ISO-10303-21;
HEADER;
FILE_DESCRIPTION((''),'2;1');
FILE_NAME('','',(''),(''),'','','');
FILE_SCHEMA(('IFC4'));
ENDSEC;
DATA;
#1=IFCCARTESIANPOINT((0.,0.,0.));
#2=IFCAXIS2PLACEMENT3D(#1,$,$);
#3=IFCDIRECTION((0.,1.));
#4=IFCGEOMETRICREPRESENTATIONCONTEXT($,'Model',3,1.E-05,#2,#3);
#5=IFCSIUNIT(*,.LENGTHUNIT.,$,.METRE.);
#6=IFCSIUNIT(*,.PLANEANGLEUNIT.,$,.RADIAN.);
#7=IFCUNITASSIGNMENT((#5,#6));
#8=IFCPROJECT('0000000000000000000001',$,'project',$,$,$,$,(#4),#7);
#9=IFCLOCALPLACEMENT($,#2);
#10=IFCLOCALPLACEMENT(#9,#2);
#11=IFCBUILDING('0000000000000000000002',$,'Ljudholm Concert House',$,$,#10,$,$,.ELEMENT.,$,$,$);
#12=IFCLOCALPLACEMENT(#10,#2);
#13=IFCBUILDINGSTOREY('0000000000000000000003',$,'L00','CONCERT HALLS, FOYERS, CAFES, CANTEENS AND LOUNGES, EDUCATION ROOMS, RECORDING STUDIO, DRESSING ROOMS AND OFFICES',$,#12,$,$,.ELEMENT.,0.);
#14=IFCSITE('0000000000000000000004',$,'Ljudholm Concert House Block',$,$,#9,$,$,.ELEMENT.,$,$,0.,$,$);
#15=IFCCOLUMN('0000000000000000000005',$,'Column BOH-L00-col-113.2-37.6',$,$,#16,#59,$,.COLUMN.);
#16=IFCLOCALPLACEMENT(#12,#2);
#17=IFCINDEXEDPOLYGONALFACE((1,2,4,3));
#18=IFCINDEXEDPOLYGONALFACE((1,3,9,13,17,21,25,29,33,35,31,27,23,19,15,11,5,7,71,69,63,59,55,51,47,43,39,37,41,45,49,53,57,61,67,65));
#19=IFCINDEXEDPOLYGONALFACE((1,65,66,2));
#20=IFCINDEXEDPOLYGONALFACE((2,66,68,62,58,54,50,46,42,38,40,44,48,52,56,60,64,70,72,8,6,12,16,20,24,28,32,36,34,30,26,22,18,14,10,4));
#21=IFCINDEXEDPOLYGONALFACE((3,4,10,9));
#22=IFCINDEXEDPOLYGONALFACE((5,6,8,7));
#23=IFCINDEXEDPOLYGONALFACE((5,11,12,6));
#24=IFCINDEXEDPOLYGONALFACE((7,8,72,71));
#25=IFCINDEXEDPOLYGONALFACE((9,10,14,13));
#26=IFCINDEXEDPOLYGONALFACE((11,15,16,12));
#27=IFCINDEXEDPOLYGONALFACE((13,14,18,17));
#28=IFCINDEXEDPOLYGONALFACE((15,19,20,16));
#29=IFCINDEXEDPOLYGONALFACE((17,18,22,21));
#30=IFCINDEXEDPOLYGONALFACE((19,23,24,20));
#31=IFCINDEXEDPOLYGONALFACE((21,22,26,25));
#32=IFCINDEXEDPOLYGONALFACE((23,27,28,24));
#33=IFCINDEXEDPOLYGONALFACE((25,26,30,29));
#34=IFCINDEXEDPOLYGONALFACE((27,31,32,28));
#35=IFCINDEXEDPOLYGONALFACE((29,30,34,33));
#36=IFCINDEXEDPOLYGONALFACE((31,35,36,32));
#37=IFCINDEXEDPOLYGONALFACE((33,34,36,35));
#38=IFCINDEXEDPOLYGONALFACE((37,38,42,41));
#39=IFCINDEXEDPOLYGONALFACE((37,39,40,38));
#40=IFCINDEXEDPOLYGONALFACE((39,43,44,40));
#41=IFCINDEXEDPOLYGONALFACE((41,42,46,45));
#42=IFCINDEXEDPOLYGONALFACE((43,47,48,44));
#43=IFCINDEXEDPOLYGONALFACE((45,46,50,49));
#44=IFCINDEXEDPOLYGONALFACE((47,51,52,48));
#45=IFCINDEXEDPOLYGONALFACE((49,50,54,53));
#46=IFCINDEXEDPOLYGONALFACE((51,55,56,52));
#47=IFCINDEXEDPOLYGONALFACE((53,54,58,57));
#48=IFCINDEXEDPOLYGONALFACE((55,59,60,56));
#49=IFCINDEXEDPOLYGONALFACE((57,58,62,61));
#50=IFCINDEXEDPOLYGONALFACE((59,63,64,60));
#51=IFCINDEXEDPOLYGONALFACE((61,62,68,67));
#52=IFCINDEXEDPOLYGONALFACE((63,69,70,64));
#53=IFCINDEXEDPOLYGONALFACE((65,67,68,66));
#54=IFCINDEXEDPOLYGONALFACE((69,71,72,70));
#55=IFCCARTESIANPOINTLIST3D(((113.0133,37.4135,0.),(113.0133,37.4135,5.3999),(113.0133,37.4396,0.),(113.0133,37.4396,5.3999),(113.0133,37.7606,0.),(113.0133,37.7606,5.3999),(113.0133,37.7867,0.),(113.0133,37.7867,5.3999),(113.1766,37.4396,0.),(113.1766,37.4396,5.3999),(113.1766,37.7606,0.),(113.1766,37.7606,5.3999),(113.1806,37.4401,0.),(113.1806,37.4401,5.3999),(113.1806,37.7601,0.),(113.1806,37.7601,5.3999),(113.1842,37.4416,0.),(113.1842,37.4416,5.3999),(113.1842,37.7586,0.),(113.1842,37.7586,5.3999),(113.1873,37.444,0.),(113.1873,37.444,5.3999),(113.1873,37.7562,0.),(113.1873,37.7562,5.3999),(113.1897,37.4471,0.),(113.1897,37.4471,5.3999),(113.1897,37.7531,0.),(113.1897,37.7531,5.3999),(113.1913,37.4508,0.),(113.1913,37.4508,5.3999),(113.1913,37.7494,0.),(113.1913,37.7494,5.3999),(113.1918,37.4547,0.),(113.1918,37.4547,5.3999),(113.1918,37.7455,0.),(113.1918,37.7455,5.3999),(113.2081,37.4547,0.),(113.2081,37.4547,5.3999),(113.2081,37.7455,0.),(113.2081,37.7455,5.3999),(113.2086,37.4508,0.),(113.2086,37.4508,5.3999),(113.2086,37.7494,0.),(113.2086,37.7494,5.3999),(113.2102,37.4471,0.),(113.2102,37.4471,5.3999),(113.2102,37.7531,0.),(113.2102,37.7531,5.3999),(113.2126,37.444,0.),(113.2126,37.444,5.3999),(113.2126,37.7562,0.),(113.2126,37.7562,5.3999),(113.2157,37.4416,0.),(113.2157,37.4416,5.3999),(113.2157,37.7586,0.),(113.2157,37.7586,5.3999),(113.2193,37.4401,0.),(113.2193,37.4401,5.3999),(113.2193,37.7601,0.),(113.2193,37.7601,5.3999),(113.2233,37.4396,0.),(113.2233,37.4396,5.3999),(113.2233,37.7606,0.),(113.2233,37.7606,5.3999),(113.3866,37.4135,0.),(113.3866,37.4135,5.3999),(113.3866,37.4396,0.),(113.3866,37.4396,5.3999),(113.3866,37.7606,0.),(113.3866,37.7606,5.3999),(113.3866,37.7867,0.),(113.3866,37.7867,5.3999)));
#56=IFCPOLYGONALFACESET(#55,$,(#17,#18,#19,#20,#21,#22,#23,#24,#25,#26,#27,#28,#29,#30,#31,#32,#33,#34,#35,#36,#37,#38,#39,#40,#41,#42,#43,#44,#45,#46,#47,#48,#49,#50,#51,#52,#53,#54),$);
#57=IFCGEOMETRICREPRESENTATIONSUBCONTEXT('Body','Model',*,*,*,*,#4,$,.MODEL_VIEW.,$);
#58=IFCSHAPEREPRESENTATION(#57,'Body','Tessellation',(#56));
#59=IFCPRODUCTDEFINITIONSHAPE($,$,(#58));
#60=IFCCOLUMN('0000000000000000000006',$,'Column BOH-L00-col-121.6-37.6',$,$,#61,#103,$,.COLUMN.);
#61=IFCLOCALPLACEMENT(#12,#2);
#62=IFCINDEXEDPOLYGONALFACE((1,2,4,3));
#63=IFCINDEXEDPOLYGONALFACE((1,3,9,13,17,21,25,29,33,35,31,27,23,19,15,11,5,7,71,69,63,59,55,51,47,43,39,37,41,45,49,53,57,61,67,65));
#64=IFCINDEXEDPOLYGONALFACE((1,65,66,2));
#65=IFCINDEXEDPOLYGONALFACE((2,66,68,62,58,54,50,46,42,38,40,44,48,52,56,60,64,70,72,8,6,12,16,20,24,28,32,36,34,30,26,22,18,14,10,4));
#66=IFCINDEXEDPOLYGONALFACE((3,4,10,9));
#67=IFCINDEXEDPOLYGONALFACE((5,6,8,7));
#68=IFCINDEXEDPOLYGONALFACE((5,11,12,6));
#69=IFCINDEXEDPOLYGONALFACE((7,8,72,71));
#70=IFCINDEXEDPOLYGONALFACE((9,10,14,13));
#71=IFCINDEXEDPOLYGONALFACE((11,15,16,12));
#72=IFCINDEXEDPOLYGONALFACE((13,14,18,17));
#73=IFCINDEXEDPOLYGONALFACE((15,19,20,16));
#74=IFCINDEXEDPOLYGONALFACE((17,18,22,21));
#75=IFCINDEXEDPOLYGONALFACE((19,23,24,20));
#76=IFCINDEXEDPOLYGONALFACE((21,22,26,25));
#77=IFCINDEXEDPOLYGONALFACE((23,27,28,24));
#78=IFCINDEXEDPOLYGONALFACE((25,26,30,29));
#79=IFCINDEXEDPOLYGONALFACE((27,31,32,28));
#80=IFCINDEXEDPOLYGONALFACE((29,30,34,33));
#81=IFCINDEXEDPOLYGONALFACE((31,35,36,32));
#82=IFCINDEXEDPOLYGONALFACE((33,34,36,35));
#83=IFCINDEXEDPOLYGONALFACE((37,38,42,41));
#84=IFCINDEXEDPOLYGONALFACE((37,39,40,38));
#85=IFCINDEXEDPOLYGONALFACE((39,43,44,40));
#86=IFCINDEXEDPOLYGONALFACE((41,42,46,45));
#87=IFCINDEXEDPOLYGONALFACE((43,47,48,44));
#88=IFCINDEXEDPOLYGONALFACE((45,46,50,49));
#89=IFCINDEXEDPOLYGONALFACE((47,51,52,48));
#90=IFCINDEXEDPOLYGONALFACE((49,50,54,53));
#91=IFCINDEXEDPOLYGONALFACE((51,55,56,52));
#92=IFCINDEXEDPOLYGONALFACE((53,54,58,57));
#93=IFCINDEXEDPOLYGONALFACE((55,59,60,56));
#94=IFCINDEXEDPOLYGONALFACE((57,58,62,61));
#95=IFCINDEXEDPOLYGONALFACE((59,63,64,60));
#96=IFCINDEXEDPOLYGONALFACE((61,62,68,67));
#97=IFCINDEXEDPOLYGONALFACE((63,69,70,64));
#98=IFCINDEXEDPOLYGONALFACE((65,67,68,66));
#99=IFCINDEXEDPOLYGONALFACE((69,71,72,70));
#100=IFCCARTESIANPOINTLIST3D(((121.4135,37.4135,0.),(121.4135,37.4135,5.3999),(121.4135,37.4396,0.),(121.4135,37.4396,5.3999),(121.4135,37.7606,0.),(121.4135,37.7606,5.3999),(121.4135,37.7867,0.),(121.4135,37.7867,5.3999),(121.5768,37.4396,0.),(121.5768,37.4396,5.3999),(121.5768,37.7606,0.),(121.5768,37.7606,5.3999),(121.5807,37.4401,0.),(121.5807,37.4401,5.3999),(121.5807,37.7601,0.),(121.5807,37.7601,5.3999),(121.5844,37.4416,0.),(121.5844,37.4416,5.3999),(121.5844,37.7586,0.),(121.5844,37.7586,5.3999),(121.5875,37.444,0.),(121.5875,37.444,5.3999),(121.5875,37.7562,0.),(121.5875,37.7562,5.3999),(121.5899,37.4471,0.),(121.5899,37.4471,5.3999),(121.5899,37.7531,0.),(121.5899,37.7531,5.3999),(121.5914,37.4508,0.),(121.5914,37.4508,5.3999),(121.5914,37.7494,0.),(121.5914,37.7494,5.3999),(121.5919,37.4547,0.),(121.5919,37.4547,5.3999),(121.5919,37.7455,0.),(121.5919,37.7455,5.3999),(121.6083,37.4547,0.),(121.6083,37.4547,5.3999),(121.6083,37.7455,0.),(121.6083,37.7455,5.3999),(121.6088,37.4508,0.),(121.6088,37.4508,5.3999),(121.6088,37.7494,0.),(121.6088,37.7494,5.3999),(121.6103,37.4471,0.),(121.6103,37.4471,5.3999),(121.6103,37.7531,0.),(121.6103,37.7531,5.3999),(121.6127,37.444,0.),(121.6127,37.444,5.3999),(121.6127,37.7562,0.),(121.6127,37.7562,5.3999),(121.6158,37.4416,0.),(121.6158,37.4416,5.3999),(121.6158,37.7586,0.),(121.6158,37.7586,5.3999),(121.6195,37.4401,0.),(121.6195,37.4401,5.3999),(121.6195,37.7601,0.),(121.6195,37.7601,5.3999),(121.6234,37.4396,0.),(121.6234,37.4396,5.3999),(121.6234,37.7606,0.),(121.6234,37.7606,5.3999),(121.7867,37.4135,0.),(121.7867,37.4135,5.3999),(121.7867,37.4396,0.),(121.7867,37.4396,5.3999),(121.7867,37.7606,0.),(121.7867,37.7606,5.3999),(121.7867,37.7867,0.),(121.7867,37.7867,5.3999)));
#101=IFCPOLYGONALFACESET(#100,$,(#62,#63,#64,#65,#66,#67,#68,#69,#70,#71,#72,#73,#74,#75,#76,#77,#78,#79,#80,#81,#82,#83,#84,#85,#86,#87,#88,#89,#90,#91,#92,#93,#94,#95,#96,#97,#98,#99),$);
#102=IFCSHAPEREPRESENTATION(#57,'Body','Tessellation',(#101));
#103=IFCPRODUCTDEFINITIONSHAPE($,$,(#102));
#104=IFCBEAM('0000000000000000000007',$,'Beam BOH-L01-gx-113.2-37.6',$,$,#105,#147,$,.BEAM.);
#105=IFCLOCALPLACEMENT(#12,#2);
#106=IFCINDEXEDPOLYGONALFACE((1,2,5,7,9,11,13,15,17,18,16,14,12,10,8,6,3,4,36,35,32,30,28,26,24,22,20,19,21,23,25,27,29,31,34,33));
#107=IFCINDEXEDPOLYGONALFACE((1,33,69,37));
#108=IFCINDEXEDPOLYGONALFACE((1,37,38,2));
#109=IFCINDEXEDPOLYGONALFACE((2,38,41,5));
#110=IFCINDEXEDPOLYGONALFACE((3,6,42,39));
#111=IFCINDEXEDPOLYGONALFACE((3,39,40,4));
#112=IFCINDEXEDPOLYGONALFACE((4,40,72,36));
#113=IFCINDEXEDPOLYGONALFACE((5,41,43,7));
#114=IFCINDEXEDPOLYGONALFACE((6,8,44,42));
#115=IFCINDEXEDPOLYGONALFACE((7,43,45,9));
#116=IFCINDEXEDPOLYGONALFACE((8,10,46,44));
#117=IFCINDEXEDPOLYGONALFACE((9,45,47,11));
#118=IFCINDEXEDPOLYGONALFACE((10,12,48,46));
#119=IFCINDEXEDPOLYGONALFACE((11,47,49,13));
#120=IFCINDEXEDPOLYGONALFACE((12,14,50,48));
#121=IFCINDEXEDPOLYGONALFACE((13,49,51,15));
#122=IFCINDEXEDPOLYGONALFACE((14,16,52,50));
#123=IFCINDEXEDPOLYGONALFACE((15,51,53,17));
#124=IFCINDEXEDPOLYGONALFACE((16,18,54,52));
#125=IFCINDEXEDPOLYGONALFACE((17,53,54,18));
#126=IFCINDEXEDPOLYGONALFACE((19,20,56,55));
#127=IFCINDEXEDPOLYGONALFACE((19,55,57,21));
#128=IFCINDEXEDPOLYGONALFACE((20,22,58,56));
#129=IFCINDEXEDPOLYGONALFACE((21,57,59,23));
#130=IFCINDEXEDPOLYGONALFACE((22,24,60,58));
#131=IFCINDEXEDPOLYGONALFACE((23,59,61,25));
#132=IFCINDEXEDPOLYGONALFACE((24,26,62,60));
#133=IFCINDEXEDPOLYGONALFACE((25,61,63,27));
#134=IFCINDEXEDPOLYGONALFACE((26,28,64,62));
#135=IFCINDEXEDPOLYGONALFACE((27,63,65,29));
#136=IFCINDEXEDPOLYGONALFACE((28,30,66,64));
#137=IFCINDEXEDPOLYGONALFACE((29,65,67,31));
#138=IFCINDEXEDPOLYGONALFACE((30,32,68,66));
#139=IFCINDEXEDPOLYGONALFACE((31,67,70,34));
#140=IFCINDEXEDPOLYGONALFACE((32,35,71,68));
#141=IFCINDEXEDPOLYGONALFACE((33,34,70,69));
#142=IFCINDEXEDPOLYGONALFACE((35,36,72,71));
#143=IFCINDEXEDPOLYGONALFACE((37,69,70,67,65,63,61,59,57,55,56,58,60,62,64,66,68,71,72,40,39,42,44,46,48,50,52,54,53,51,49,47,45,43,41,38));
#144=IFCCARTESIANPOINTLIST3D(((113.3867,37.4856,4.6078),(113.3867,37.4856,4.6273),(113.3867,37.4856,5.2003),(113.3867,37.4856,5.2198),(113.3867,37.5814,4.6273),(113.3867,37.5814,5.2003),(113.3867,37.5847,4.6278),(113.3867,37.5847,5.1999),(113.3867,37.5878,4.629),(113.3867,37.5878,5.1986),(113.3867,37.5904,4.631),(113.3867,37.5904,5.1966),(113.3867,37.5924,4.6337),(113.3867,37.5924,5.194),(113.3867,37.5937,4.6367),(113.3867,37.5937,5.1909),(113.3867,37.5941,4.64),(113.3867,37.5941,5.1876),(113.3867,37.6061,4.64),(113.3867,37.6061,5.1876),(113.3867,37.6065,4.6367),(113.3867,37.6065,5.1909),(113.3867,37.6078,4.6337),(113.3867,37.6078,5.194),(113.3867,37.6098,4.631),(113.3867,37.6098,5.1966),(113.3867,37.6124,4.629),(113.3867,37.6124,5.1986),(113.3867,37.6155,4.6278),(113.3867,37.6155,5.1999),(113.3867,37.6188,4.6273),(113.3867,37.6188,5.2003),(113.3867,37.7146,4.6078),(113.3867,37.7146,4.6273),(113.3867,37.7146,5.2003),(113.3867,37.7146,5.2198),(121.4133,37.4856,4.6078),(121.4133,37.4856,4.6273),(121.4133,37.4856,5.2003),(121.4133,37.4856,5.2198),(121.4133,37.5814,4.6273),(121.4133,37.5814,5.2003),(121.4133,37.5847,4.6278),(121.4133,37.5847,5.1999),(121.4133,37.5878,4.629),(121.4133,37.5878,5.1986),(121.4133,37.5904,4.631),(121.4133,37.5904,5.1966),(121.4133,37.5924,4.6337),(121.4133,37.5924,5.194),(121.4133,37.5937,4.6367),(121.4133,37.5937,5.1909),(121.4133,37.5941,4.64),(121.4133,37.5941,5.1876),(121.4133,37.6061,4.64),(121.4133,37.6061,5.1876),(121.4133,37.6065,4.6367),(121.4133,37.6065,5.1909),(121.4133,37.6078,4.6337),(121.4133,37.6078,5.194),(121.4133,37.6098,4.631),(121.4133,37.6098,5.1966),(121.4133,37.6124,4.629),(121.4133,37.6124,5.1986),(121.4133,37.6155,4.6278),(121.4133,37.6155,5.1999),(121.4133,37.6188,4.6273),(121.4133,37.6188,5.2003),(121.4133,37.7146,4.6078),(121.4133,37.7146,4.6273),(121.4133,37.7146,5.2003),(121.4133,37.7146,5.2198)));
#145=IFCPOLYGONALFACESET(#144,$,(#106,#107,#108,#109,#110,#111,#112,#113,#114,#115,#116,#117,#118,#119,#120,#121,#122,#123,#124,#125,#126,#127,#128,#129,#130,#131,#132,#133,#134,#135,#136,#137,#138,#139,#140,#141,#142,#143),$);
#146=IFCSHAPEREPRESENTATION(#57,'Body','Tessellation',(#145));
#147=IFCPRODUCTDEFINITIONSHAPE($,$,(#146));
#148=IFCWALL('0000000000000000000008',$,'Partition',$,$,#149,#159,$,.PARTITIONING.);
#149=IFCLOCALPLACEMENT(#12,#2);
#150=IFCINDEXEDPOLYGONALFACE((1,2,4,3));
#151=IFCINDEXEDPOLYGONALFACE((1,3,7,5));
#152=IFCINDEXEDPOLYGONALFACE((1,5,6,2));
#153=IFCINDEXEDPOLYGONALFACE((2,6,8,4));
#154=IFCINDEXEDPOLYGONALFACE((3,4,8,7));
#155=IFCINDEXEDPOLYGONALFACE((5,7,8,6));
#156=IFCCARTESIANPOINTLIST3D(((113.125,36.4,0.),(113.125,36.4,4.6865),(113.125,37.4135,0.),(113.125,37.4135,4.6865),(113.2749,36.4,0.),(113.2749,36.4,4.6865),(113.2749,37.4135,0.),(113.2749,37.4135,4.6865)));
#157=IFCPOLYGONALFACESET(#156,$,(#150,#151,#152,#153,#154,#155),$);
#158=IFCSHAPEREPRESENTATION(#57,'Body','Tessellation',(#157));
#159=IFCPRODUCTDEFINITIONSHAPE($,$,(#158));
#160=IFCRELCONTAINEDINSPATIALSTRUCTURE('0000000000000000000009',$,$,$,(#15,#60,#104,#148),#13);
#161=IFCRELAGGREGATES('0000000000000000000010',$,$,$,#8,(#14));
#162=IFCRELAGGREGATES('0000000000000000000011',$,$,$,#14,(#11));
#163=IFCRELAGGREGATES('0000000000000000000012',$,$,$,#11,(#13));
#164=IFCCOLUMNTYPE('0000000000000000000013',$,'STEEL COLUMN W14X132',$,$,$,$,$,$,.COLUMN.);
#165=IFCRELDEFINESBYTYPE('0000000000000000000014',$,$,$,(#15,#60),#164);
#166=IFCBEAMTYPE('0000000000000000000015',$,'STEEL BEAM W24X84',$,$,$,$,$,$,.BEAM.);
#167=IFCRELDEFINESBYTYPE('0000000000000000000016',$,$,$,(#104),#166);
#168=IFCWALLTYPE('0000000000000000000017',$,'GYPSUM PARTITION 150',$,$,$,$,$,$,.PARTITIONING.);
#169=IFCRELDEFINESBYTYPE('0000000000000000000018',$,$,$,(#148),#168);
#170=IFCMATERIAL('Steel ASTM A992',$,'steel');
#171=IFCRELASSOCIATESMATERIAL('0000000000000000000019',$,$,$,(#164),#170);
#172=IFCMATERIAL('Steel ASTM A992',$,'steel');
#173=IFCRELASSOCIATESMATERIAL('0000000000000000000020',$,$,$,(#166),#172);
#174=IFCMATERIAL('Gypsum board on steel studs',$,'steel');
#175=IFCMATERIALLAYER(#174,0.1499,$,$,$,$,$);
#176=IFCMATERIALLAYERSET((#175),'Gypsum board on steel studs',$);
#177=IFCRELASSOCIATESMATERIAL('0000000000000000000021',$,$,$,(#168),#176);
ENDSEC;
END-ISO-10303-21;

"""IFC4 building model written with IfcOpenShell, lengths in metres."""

from ifc_helpers import new_model, si_unit, direction, frame, frame_2d, origin, origin_2d, place, context, subcontext, project, spatial, rectangle, i_section, extrude, material, layer, layer_set, material_profile, profile_set, type_object, element, save


model = new_model("IFC4")

# Units and contexts
model_context = context("Model", 3, precision=1e-05, world=origin(), true_north=direction((0.0, 1.0)))
body_context = subcontext(model_context, "Body", "Model", "MODEL_VIEW")
ifc_project = project(units=[si_unit("LENGTHUNIT", "METRE"), si_unit("PLANEANGLEUNIT", "RADIAN")], contexts=[model_context])

# Site, building, storey
site_placement = place(None, origin())
site = spatial("IfcSite", under=ifc_project, at=site_placement, Name="Ljudholm Concert House Block", CompositionType="ELEMENT", RefElevation=0.0)
building_placement = place(site_placement, origin())
building = spatial("IfcBuilding", under=site, at=building_placement, Name="Ljudholm Concert House", CompositionType="ELEMENT")
storey_placement = place(building_placement, origin())
storey = spatial("IfcBuildingStorey", under=building, at=storey_placement, Name="L00", Description="CONCERT HALLS, FOYERS, CAFES, CANTEENS AND LOUNGES, EDUCATION ROOMS, RECORDING STUDIO, DRESSING ROOMS AND OFFICES", CompositionType="ELEMENT", Elevation=0.0)

# Columns
ifc_material_1 = material(Name="Steel ASTM A992", Category="steel")
ifc_material_profile_1 = material_profile(ifc_material_1, i_section(OverallWidth=0.3733, OverallDepth=0.3733, WebThickness=0.0164, FlangeThickness=0.0261, FilletRadius=0.0151, at=origin_2d()), Name="W14X132")
ifc_profile_set_1 = profile_set([ifc_material_profile_1], Name="Steel ASTM A992")
column_type = type_object("IfcColumnType", Name="STEEL COLUMN W14X132", PredefinedType="COLUMN", material=ifc_profile_set_1)
for number, where, z_axis, x_axis, name in (
    (1, (113.2, 37.6001, 0.0), (0.0, 0.0, 1.0), (1.0, 0.0, 0.0), "Column BOH-L00-col-113.2-37.6"),
    (2, (121.6001, 37.6001, 0.0), (0.0, 0.0, 1.0), (1.0, 0.0, 0.0), "Column BOH-L00-col-121.6-37.6"),
):
    element("IfcColumn", number, at=place(storey_placement, frame(where, z_axis=z_axis, x_axis=x_axis)), inside=storey, type_object=column_type, Name=name, PredefinedType="COLUMN", context=body_context, shape_type="SweptSolid", body=[
        extrude(i_section(OverallWidth=0.3733, OverallDepth=0.3733, WebThickness=0.0164, FlangeThickness=0.0261, FilletRadius=0.0151, at=origin_2d()), origin(), (0.0, 0.0, 1.0), 5.3999),
    ])

# Beam
ifc_material_2 = material(Name="Steel ASTM A992", Category="steel")
ifc_material_profile_2 = material_profile(ifc_material_2, i_section(OverallWidth=0.229, OverallDepth=0.6121, WebThickness=0.012, FlangeThickness=0.0195, FilletRadius=0.0127, at=origin_2d()), Name="W24X84")
ifc_profile_set_2 = profile_set([ifc_material_profile_2], Name="Steel ASTM A992")
beam_type = type_object("IfcBeamType", Name="STEEL BEAM W24X84", PredefinedType="BEAM", material=ifc_profile_set_2)
beam_placement = place(storey_placement, frame((113.3867, 37.6001, 4.9138), z_axis=(1.0, 0.0, 0.0), x_axis=(0.0, 1.0, 0.0)))
element("IfcBeam", 3, at=beam_placement, inside=storey, type_object=beam_type, Name="Beam BOH-L01-gx-113.2-37.6", PredefinedType="BEAM", context=body_context, shape_type="SweptSolid", body=[
    extrude(i_section(OverallWidth=0.229, OverallDepth=0.6121, WebThickness=0.012, FlangeThickness=0.0195, FilletRadius=0.0127, at=origin_2d()), origin(), (0.0, 0.0, 1.0), 8.0266),
])

# Wall
ifc_material_3 = material(Name="Gypsum board on steel studs", Category="steel")
ifc_layer_1 = layer(ifc_material_3, 0.1499)
ifc_layer_set_1 = layer_set([ifc_layer_1], Name="Gypsum board on steel studs")
wall_type_1 = type_object("IfcWallType", Name="GYPSUM PARTITION 150", PredefinedType="PARTITIONING", material=ifc_layer_set_1)
wall_1_placement = place(storey_placement, frame((113.2, 36.3999, 0.0), z_axis=(0.0, 0.0, 1.0), x_axis=(0.0, 1.0, 0.0)))
element("IfcWall", 4, at=wall_1_placement, inside=storey, type_object=wall_type_1, Name="Partition", PredefinedType="PARTITIONING", context=body_context, shape_type="SweptSolid", body=[
    extrude(rectangle(XDim=1.0134, YDim=0.1499, at=frame_2d((0.5068, 0.0))), origin(), (0.0, 0.0, 1.0), 4.6865),
])

save(model, "model.ifc")
